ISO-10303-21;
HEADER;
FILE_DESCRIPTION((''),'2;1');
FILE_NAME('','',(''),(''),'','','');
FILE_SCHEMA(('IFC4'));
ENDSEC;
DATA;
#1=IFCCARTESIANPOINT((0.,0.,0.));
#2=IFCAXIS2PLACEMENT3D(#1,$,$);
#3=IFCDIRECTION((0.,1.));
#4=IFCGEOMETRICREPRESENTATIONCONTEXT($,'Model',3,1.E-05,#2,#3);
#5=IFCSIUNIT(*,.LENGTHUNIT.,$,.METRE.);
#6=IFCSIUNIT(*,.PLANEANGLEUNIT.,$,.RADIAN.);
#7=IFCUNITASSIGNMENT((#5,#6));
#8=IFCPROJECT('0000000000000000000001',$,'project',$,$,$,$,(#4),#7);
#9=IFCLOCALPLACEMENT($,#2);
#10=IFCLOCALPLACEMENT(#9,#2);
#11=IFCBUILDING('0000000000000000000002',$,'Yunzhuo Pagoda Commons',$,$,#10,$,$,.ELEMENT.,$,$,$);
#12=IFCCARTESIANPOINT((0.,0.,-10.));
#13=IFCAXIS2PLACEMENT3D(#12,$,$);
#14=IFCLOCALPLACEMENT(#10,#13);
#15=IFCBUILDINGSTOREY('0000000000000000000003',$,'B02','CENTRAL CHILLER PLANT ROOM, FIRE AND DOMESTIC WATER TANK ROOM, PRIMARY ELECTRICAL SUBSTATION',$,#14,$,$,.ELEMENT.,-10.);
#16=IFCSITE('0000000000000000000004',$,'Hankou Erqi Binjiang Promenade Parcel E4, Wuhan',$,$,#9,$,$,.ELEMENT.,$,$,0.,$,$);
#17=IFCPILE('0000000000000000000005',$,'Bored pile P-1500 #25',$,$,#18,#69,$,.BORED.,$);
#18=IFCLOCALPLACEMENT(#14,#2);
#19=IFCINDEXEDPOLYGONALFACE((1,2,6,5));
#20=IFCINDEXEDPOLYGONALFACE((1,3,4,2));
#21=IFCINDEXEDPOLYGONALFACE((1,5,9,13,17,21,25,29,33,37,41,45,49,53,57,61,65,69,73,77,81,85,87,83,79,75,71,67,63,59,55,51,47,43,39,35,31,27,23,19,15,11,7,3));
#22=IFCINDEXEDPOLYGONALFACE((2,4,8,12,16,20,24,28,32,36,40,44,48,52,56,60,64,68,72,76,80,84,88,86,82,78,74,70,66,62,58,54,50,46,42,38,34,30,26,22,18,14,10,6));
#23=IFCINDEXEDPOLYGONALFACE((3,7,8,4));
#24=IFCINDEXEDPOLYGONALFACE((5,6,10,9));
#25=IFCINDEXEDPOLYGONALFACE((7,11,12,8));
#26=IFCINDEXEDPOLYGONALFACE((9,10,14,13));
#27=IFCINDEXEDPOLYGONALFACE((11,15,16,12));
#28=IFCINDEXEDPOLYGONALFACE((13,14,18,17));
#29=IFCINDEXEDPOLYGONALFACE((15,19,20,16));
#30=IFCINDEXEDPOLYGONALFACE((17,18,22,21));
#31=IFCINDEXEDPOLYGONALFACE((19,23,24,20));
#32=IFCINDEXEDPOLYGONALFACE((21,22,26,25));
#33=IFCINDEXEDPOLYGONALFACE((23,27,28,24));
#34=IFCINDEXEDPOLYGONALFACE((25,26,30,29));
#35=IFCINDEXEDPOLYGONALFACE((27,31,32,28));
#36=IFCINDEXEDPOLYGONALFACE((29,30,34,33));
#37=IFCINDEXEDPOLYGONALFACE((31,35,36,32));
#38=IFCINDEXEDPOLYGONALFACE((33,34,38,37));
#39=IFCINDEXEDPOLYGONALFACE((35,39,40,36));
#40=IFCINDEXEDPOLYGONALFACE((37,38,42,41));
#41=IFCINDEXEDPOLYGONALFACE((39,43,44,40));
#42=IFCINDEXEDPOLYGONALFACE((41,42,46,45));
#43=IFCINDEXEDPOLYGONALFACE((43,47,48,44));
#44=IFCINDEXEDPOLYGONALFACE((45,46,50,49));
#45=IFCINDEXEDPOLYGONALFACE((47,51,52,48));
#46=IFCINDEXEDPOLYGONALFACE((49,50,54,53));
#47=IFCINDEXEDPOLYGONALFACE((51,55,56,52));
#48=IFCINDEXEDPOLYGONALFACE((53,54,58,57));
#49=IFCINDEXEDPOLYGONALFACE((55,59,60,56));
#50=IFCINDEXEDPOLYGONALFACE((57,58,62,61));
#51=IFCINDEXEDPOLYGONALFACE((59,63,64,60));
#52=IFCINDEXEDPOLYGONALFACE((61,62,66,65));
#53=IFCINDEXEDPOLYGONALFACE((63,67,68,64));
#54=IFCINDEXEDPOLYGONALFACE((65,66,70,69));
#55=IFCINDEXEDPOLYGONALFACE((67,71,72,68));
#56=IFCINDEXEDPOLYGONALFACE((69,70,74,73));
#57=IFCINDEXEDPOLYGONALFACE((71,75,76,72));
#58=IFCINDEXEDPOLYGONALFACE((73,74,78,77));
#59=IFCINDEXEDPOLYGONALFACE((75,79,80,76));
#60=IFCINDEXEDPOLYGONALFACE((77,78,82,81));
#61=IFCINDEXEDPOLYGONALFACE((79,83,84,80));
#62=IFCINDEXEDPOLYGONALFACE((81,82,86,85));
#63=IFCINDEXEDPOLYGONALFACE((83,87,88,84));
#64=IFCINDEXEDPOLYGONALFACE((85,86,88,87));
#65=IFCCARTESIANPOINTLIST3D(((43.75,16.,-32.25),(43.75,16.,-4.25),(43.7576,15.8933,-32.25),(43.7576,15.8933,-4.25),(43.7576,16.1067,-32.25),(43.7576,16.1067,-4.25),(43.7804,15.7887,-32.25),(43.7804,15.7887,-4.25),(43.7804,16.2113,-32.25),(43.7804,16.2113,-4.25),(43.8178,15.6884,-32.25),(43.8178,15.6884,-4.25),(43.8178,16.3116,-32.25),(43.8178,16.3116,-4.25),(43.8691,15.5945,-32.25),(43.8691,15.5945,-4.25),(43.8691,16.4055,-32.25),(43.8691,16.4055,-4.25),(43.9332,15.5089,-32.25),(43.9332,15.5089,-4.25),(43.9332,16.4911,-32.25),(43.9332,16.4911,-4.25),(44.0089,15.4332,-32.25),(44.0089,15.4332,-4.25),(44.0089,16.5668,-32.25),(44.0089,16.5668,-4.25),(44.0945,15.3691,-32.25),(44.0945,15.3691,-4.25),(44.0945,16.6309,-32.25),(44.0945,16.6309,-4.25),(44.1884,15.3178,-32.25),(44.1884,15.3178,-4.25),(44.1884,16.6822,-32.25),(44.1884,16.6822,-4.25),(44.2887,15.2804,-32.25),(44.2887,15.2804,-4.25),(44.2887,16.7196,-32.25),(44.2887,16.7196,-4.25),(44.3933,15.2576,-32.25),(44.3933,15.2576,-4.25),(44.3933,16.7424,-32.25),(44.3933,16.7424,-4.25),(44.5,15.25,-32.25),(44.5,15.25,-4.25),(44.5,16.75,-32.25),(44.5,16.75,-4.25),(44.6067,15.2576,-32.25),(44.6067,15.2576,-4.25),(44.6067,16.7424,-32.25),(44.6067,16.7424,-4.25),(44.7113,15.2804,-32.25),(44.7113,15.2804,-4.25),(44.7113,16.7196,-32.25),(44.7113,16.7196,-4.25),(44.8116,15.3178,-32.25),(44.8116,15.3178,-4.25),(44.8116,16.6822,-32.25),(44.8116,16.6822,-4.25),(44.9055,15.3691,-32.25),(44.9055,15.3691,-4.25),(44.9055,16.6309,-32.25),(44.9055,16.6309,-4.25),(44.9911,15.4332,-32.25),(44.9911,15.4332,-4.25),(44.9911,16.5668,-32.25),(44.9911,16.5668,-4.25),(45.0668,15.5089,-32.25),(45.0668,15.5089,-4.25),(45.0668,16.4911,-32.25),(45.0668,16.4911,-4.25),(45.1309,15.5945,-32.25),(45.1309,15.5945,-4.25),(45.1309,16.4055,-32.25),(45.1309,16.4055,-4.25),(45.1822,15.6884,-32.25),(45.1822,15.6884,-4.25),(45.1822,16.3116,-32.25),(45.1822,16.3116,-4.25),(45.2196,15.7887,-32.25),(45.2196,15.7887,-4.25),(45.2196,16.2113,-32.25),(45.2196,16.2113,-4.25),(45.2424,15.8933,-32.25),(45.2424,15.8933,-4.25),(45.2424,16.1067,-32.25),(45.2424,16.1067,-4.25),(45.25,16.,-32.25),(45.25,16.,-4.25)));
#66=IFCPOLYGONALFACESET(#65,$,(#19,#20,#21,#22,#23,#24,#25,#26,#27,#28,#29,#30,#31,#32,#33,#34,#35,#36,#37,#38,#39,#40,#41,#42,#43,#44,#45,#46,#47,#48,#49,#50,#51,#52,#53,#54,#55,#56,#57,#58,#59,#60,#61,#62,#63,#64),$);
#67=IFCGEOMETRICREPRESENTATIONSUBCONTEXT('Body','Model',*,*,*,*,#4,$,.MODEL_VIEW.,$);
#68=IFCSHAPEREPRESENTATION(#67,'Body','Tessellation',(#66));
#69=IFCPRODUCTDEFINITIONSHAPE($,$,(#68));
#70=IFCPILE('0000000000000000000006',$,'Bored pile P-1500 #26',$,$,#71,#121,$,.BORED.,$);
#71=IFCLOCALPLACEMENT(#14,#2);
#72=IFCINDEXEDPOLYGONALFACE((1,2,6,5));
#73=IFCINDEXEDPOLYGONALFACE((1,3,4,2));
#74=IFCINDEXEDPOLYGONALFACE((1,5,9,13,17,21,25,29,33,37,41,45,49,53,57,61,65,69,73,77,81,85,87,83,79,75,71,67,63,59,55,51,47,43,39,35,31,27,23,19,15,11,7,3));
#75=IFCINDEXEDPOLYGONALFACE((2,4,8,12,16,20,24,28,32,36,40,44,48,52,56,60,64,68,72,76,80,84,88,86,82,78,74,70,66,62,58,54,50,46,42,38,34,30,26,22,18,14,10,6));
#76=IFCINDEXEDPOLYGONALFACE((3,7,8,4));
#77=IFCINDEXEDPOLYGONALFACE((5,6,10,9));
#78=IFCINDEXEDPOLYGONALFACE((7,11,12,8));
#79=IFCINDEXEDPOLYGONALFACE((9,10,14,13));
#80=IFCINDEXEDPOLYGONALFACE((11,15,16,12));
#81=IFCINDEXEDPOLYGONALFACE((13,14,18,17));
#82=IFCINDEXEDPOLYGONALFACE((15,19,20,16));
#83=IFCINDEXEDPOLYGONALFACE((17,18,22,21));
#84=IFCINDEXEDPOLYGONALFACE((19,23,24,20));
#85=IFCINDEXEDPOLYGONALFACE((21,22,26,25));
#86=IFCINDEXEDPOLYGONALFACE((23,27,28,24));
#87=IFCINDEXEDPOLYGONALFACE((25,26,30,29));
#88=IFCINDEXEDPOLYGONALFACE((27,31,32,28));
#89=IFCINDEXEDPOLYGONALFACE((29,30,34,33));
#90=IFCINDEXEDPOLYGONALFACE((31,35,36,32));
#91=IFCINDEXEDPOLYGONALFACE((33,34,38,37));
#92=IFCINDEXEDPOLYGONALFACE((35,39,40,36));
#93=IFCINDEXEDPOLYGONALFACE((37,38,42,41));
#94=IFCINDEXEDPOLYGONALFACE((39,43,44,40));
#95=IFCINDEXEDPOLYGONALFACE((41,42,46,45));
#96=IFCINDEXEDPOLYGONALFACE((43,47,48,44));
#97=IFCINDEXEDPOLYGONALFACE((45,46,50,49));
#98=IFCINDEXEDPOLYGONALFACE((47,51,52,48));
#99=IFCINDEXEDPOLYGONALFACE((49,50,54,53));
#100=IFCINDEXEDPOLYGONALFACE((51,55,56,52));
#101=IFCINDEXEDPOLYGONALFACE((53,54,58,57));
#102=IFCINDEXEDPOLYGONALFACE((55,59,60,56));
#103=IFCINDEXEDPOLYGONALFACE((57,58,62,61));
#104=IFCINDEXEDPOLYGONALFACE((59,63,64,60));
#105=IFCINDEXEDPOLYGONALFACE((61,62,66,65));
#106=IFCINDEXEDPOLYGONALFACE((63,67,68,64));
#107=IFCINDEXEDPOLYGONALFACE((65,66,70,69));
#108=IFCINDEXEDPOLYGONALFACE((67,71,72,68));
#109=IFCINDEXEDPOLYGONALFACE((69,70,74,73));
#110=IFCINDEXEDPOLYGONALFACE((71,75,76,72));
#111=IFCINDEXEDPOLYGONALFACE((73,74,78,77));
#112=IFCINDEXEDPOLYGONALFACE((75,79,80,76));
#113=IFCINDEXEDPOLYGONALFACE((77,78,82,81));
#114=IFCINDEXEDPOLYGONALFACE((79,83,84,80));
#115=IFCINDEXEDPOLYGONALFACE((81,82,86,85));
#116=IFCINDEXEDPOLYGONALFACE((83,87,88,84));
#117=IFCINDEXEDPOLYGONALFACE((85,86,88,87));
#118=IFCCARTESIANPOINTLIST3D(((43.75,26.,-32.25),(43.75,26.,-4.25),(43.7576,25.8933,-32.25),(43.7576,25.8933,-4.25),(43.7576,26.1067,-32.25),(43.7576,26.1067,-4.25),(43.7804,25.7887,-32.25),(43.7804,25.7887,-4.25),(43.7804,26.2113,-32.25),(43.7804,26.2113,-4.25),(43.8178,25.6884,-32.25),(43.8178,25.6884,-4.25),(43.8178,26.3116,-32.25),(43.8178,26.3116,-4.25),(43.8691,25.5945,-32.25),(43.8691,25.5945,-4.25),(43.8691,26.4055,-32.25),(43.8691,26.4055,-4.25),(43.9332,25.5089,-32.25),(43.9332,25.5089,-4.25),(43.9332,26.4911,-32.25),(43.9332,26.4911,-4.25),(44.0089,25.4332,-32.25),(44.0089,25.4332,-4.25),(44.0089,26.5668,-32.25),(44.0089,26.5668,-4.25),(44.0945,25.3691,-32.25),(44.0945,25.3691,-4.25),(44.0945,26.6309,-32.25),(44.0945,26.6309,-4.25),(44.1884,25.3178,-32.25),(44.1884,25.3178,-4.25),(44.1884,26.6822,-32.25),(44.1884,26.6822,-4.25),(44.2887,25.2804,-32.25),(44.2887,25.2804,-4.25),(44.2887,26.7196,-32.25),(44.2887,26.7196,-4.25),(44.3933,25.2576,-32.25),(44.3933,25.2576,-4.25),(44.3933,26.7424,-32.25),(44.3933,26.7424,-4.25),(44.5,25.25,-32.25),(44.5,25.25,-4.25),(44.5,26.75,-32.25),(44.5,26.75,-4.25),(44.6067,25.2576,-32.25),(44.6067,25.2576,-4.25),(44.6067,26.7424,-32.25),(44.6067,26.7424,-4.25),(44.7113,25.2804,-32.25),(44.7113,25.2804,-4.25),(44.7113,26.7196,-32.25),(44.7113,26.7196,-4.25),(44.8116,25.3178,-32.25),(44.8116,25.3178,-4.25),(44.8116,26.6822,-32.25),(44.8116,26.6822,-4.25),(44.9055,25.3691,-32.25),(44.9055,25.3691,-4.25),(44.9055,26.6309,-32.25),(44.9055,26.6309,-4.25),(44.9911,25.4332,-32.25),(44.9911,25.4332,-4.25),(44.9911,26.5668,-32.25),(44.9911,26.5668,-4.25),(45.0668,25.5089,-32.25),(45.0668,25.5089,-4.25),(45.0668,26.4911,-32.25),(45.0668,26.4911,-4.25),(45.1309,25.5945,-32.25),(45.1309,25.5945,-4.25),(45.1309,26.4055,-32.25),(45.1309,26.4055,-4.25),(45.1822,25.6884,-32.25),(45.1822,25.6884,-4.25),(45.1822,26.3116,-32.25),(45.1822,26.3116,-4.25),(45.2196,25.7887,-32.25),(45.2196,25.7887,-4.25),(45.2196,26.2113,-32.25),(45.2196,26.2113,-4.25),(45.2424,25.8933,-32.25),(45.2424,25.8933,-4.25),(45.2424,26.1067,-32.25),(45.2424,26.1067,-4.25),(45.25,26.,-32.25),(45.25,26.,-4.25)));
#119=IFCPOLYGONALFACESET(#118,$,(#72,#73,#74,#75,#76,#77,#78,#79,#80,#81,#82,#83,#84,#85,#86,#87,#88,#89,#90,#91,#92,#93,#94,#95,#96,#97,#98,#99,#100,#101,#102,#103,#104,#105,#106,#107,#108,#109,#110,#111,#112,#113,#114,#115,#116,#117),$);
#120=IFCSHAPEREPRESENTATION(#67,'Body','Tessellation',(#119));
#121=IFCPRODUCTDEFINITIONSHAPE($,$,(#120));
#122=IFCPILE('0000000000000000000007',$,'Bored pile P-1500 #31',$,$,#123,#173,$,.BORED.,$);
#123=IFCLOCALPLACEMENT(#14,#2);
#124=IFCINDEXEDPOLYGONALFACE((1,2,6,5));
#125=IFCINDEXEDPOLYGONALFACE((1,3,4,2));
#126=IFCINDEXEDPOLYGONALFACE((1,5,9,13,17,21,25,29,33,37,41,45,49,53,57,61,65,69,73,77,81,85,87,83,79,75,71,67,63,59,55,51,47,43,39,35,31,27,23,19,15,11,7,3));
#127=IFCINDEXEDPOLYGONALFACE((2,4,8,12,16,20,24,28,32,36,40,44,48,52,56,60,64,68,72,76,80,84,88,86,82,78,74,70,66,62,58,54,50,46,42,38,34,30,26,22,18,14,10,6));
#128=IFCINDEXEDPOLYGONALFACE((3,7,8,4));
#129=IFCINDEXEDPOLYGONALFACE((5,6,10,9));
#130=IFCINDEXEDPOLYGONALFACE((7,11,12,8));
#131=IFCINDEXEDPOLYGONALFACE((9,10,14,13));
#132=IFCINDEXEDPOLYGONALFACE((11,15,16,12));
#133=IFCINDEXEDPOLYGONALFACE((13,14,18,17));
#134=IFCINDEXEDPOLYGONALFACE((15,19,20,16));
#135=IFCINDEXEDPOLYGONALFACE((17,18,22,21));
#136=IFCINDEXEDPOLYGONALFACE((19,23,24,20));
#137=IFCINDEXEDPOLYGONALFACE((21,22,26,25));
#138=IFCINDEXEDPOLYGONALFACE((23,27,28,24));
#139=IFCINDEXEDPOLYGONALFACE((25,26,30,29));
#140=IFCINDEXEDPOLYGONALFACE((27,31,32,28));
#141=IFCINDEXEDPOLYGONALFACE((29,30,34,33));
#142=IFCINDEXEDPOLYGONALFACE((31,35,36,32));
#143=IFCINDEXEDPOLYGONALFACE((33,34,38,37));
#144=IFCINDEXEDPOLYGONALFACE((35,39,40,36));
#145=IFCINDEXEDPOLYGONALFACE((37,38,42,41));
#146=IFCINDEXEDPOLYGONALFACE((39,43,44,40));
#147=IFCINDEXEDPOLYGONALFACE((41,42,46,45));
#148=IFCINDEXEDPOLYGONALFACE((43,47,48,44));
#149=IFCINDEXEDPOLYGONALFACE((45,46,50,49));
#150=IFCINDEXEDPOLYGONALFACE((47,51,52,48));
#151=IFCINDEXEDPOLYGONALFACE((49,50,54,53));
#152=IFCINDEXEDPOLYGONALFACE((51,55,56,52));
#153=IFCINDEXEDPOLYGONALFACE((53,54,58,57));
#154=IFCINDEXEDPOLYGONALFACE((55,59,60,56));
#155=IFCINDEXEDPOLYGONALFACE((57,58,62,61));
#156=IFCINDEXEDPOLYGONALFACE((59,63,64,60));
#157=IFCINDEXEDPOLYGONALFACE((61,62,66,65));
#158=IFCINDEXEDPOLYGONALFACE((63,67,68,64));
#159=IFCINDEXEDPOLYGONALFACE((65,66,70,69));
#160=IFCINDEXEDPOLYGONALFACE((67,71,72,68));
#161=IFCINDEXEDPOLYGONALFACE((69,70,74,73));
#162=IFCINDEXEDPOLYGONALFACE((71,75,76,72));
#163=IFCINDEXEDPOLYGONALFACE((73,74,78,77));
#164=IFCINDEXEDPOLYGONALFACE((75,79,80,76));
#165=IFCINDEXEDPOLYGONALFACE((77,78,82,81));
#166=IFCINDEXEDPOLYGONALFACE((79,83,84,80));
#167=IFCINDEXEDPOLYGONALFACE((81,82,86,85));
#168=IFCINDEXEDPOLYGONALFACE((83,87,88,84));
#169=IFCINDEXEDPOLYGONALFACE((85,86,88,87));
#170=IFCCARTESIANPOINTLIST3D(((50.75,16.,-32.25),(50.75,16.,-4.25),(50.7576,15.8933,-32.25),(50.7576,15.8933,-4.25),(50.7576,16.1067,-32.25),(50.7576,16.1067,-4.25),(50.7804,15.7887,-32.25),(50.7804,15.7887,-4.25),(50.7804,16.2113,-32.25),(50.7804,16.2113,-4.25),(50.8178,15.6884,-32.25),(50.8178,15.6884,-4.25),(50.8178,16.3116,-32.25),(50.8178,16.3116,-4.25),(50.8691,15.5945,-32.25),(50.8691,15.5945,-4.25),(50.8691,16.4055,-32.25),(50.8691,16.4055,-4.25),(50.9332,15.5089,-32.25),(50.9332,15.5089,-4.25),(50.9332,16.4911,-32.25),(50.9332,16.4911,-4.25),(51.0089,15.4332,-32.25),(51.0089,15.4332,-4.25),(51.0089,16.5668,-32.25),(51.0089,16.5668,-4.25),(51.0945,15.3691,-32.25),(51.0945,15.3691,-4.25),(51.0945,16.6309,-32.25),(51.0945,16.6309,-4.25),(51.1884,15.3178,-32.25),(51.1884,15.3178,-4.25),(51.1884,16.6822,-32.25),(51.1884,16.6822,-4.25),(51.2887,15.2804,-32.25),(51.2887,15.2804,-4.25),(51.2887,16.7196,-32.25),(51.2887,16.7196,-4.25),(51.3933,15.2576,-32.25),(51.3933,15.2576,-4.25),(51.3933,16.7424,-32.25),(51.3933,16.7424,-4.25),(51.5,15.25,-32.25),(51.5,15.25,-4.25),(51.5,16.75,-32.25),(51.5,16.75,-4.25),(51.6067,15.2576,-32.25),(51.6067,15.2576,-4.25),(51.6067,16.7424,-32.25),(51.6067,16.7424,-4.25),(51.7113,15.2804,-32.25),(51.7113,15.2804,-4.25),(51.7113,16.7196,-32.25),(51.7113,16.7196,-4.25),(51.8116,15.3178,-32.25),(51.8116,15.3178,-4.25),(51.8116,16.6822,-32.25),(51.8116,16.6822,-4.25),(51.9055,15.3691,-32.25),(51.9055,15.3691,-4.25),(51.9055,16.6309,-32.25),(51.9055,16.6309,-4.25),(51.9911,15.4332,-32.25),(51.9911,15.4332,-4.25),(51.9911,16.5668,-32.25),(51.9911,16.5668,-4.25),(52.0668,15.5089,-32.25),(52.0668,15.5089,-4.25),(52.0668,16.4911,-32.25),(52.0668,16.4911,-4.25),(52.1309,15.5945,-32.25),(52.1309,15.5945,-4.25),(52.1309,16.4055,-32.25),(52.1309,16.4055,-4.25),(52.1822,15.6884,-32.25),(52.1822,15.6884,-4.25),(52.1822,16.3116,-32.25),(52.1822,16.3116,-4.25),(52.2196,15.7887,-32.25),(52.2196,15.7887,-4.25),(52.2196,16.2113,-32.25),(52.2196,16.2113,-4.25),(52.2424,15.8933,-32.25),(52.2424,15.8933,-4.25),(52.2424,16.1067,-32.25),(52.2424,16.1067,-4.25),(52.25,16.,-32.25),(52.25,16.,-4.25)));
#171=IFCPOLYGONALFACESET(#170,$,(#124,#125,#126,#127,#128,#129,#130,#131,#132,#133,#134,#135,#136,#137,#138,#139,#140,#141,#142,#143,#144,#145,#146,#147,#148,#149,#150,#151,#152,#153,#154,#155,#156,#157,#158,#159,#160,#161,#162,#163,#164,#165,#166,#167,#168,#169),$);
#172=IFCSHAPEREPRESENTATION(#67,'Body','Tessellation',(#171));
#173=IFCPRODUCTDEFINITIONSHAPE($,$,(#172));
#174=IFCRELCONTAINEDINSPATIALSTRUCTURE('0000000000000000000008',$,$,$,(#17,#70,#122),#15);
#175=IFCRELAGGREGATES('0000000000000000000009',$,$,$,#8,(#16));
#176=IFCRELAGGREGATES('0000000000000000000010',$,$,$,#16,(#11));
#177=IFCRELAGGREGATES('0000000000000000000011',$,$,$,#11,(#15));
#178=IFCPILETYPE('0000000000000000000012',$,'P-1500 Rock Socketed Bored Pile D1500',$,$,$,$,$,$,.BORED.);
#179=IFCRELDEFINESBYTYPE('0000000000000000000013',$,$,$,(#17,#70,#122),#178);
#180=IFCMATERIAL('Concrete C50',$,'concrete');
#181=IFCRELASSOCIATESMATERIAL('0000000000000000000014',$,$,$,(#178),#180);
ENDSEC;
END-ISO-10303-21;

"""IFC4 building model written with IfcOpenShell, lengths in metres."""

from ifc_helpers import new_model, si_unit, direction, frame, origin, origin_2d, place, context, subcontext, project, spatial, circle, extrude, source, transform, mapped, material, material_profile, profile_set, type_object, element, save


model = new_model("IFC4")

# Units and contexts
model_context = context("Model", 3, precision=1e-05, world=origin(), true_north=direction((0.0, 1.0)))
body_context = subcontext(model_context, "Body", "Model", "MODEL_VIEW")
ifc_project = project(units=[si_unit("LENGTHUNIT", "METRE"), si_unit("PLANEANGLEUNIT", "RADIAN")], contexts=[model_context])

# Site, building, storey
site_placement = place(None, origin())
site = spatial("IfcSite", under=ifc_project, at=site_placement, Name="Hankou Erqi Binjiang Promenade Parcel E4, Wuhan", CompositionType="ELEMENT", RefElevation=0.0)
building_placement = place(site_placement, origin())
building = spatial("IfcBuilding", under=site, at=building_placement, Name="Yunzhuo Pagoda Commons", CompositionType="ELEMENT")
storey_placement = place(building_placement, frame((0.0, 0.0, -10.0)))
storey = spatial("IfcBuildingStorey", under=building, at=storey_placement, Name="B02", Description="CENTRAL CHILLER PLANT ROOM, FIRE AND DOMESTIC WATER TANK ROOM, PRIMARY ELECTRICAL SUBSTATION", CompositionType="ELEMENT", Elevation=-10.0)

# Piles
ifc_material_1 = material(Name="Concrete C50", Category="concrete")
ifc_material_profile_1 = material_profile(ifc_material_1, circle(Radius=0.75, at=origin_2d()), Name="Concrete C50")
ifc_profile_set_1 = profile_set([ifc_material_profile_1], Name="Concrete C50")
pile_type_1 = type_object("IfcPileType", Name="P-1500 Rock Socketed Bored Pile D1500", PredefinedType="BORED", material=ifc_profile_set_1)
shared_shape_1 = source(origin(), body_context, "Body", "SweptSolid", [
    extrude(circle(Radius=0.75, at=origin_2d()), origin(), (0.0, 0.0, 1.0), 28.0),
])
for number, where, z_axis, x_axis, name in (
    (1, (44.5, 16.0, -4.25), (0.0, 0.0, -1.0), (1.0, 0.0, 0.0), "Bored pile P-1500 #25"),
    (2, (44.5, 26.0, -4.25), (0.0, 0.0, -1.0), (1.0, 0.0, 0.0), "Bored pile P-1500 #26"),
    (3, (51.5, 16.0, -4.25), (0.0, 0.0, -1.0), (1.0, 0.0, 0.0), "Bored pile P-1500 #31"),
):
    element("IfcPile", number, at=place(storey_placement, frame(where, z_axis=z_axis, x_axis=x_axis)), inside=storey, type_object=pile_type_1, Name=name, PredefinedType="BORED", context=body_context, shape_type="MappedRepresentation", body=[
        mapped(shared_shape_1, transform((0.0, 0.0, 0.0), scale=1.0)),
    ])

save(model, "model.ifc")
